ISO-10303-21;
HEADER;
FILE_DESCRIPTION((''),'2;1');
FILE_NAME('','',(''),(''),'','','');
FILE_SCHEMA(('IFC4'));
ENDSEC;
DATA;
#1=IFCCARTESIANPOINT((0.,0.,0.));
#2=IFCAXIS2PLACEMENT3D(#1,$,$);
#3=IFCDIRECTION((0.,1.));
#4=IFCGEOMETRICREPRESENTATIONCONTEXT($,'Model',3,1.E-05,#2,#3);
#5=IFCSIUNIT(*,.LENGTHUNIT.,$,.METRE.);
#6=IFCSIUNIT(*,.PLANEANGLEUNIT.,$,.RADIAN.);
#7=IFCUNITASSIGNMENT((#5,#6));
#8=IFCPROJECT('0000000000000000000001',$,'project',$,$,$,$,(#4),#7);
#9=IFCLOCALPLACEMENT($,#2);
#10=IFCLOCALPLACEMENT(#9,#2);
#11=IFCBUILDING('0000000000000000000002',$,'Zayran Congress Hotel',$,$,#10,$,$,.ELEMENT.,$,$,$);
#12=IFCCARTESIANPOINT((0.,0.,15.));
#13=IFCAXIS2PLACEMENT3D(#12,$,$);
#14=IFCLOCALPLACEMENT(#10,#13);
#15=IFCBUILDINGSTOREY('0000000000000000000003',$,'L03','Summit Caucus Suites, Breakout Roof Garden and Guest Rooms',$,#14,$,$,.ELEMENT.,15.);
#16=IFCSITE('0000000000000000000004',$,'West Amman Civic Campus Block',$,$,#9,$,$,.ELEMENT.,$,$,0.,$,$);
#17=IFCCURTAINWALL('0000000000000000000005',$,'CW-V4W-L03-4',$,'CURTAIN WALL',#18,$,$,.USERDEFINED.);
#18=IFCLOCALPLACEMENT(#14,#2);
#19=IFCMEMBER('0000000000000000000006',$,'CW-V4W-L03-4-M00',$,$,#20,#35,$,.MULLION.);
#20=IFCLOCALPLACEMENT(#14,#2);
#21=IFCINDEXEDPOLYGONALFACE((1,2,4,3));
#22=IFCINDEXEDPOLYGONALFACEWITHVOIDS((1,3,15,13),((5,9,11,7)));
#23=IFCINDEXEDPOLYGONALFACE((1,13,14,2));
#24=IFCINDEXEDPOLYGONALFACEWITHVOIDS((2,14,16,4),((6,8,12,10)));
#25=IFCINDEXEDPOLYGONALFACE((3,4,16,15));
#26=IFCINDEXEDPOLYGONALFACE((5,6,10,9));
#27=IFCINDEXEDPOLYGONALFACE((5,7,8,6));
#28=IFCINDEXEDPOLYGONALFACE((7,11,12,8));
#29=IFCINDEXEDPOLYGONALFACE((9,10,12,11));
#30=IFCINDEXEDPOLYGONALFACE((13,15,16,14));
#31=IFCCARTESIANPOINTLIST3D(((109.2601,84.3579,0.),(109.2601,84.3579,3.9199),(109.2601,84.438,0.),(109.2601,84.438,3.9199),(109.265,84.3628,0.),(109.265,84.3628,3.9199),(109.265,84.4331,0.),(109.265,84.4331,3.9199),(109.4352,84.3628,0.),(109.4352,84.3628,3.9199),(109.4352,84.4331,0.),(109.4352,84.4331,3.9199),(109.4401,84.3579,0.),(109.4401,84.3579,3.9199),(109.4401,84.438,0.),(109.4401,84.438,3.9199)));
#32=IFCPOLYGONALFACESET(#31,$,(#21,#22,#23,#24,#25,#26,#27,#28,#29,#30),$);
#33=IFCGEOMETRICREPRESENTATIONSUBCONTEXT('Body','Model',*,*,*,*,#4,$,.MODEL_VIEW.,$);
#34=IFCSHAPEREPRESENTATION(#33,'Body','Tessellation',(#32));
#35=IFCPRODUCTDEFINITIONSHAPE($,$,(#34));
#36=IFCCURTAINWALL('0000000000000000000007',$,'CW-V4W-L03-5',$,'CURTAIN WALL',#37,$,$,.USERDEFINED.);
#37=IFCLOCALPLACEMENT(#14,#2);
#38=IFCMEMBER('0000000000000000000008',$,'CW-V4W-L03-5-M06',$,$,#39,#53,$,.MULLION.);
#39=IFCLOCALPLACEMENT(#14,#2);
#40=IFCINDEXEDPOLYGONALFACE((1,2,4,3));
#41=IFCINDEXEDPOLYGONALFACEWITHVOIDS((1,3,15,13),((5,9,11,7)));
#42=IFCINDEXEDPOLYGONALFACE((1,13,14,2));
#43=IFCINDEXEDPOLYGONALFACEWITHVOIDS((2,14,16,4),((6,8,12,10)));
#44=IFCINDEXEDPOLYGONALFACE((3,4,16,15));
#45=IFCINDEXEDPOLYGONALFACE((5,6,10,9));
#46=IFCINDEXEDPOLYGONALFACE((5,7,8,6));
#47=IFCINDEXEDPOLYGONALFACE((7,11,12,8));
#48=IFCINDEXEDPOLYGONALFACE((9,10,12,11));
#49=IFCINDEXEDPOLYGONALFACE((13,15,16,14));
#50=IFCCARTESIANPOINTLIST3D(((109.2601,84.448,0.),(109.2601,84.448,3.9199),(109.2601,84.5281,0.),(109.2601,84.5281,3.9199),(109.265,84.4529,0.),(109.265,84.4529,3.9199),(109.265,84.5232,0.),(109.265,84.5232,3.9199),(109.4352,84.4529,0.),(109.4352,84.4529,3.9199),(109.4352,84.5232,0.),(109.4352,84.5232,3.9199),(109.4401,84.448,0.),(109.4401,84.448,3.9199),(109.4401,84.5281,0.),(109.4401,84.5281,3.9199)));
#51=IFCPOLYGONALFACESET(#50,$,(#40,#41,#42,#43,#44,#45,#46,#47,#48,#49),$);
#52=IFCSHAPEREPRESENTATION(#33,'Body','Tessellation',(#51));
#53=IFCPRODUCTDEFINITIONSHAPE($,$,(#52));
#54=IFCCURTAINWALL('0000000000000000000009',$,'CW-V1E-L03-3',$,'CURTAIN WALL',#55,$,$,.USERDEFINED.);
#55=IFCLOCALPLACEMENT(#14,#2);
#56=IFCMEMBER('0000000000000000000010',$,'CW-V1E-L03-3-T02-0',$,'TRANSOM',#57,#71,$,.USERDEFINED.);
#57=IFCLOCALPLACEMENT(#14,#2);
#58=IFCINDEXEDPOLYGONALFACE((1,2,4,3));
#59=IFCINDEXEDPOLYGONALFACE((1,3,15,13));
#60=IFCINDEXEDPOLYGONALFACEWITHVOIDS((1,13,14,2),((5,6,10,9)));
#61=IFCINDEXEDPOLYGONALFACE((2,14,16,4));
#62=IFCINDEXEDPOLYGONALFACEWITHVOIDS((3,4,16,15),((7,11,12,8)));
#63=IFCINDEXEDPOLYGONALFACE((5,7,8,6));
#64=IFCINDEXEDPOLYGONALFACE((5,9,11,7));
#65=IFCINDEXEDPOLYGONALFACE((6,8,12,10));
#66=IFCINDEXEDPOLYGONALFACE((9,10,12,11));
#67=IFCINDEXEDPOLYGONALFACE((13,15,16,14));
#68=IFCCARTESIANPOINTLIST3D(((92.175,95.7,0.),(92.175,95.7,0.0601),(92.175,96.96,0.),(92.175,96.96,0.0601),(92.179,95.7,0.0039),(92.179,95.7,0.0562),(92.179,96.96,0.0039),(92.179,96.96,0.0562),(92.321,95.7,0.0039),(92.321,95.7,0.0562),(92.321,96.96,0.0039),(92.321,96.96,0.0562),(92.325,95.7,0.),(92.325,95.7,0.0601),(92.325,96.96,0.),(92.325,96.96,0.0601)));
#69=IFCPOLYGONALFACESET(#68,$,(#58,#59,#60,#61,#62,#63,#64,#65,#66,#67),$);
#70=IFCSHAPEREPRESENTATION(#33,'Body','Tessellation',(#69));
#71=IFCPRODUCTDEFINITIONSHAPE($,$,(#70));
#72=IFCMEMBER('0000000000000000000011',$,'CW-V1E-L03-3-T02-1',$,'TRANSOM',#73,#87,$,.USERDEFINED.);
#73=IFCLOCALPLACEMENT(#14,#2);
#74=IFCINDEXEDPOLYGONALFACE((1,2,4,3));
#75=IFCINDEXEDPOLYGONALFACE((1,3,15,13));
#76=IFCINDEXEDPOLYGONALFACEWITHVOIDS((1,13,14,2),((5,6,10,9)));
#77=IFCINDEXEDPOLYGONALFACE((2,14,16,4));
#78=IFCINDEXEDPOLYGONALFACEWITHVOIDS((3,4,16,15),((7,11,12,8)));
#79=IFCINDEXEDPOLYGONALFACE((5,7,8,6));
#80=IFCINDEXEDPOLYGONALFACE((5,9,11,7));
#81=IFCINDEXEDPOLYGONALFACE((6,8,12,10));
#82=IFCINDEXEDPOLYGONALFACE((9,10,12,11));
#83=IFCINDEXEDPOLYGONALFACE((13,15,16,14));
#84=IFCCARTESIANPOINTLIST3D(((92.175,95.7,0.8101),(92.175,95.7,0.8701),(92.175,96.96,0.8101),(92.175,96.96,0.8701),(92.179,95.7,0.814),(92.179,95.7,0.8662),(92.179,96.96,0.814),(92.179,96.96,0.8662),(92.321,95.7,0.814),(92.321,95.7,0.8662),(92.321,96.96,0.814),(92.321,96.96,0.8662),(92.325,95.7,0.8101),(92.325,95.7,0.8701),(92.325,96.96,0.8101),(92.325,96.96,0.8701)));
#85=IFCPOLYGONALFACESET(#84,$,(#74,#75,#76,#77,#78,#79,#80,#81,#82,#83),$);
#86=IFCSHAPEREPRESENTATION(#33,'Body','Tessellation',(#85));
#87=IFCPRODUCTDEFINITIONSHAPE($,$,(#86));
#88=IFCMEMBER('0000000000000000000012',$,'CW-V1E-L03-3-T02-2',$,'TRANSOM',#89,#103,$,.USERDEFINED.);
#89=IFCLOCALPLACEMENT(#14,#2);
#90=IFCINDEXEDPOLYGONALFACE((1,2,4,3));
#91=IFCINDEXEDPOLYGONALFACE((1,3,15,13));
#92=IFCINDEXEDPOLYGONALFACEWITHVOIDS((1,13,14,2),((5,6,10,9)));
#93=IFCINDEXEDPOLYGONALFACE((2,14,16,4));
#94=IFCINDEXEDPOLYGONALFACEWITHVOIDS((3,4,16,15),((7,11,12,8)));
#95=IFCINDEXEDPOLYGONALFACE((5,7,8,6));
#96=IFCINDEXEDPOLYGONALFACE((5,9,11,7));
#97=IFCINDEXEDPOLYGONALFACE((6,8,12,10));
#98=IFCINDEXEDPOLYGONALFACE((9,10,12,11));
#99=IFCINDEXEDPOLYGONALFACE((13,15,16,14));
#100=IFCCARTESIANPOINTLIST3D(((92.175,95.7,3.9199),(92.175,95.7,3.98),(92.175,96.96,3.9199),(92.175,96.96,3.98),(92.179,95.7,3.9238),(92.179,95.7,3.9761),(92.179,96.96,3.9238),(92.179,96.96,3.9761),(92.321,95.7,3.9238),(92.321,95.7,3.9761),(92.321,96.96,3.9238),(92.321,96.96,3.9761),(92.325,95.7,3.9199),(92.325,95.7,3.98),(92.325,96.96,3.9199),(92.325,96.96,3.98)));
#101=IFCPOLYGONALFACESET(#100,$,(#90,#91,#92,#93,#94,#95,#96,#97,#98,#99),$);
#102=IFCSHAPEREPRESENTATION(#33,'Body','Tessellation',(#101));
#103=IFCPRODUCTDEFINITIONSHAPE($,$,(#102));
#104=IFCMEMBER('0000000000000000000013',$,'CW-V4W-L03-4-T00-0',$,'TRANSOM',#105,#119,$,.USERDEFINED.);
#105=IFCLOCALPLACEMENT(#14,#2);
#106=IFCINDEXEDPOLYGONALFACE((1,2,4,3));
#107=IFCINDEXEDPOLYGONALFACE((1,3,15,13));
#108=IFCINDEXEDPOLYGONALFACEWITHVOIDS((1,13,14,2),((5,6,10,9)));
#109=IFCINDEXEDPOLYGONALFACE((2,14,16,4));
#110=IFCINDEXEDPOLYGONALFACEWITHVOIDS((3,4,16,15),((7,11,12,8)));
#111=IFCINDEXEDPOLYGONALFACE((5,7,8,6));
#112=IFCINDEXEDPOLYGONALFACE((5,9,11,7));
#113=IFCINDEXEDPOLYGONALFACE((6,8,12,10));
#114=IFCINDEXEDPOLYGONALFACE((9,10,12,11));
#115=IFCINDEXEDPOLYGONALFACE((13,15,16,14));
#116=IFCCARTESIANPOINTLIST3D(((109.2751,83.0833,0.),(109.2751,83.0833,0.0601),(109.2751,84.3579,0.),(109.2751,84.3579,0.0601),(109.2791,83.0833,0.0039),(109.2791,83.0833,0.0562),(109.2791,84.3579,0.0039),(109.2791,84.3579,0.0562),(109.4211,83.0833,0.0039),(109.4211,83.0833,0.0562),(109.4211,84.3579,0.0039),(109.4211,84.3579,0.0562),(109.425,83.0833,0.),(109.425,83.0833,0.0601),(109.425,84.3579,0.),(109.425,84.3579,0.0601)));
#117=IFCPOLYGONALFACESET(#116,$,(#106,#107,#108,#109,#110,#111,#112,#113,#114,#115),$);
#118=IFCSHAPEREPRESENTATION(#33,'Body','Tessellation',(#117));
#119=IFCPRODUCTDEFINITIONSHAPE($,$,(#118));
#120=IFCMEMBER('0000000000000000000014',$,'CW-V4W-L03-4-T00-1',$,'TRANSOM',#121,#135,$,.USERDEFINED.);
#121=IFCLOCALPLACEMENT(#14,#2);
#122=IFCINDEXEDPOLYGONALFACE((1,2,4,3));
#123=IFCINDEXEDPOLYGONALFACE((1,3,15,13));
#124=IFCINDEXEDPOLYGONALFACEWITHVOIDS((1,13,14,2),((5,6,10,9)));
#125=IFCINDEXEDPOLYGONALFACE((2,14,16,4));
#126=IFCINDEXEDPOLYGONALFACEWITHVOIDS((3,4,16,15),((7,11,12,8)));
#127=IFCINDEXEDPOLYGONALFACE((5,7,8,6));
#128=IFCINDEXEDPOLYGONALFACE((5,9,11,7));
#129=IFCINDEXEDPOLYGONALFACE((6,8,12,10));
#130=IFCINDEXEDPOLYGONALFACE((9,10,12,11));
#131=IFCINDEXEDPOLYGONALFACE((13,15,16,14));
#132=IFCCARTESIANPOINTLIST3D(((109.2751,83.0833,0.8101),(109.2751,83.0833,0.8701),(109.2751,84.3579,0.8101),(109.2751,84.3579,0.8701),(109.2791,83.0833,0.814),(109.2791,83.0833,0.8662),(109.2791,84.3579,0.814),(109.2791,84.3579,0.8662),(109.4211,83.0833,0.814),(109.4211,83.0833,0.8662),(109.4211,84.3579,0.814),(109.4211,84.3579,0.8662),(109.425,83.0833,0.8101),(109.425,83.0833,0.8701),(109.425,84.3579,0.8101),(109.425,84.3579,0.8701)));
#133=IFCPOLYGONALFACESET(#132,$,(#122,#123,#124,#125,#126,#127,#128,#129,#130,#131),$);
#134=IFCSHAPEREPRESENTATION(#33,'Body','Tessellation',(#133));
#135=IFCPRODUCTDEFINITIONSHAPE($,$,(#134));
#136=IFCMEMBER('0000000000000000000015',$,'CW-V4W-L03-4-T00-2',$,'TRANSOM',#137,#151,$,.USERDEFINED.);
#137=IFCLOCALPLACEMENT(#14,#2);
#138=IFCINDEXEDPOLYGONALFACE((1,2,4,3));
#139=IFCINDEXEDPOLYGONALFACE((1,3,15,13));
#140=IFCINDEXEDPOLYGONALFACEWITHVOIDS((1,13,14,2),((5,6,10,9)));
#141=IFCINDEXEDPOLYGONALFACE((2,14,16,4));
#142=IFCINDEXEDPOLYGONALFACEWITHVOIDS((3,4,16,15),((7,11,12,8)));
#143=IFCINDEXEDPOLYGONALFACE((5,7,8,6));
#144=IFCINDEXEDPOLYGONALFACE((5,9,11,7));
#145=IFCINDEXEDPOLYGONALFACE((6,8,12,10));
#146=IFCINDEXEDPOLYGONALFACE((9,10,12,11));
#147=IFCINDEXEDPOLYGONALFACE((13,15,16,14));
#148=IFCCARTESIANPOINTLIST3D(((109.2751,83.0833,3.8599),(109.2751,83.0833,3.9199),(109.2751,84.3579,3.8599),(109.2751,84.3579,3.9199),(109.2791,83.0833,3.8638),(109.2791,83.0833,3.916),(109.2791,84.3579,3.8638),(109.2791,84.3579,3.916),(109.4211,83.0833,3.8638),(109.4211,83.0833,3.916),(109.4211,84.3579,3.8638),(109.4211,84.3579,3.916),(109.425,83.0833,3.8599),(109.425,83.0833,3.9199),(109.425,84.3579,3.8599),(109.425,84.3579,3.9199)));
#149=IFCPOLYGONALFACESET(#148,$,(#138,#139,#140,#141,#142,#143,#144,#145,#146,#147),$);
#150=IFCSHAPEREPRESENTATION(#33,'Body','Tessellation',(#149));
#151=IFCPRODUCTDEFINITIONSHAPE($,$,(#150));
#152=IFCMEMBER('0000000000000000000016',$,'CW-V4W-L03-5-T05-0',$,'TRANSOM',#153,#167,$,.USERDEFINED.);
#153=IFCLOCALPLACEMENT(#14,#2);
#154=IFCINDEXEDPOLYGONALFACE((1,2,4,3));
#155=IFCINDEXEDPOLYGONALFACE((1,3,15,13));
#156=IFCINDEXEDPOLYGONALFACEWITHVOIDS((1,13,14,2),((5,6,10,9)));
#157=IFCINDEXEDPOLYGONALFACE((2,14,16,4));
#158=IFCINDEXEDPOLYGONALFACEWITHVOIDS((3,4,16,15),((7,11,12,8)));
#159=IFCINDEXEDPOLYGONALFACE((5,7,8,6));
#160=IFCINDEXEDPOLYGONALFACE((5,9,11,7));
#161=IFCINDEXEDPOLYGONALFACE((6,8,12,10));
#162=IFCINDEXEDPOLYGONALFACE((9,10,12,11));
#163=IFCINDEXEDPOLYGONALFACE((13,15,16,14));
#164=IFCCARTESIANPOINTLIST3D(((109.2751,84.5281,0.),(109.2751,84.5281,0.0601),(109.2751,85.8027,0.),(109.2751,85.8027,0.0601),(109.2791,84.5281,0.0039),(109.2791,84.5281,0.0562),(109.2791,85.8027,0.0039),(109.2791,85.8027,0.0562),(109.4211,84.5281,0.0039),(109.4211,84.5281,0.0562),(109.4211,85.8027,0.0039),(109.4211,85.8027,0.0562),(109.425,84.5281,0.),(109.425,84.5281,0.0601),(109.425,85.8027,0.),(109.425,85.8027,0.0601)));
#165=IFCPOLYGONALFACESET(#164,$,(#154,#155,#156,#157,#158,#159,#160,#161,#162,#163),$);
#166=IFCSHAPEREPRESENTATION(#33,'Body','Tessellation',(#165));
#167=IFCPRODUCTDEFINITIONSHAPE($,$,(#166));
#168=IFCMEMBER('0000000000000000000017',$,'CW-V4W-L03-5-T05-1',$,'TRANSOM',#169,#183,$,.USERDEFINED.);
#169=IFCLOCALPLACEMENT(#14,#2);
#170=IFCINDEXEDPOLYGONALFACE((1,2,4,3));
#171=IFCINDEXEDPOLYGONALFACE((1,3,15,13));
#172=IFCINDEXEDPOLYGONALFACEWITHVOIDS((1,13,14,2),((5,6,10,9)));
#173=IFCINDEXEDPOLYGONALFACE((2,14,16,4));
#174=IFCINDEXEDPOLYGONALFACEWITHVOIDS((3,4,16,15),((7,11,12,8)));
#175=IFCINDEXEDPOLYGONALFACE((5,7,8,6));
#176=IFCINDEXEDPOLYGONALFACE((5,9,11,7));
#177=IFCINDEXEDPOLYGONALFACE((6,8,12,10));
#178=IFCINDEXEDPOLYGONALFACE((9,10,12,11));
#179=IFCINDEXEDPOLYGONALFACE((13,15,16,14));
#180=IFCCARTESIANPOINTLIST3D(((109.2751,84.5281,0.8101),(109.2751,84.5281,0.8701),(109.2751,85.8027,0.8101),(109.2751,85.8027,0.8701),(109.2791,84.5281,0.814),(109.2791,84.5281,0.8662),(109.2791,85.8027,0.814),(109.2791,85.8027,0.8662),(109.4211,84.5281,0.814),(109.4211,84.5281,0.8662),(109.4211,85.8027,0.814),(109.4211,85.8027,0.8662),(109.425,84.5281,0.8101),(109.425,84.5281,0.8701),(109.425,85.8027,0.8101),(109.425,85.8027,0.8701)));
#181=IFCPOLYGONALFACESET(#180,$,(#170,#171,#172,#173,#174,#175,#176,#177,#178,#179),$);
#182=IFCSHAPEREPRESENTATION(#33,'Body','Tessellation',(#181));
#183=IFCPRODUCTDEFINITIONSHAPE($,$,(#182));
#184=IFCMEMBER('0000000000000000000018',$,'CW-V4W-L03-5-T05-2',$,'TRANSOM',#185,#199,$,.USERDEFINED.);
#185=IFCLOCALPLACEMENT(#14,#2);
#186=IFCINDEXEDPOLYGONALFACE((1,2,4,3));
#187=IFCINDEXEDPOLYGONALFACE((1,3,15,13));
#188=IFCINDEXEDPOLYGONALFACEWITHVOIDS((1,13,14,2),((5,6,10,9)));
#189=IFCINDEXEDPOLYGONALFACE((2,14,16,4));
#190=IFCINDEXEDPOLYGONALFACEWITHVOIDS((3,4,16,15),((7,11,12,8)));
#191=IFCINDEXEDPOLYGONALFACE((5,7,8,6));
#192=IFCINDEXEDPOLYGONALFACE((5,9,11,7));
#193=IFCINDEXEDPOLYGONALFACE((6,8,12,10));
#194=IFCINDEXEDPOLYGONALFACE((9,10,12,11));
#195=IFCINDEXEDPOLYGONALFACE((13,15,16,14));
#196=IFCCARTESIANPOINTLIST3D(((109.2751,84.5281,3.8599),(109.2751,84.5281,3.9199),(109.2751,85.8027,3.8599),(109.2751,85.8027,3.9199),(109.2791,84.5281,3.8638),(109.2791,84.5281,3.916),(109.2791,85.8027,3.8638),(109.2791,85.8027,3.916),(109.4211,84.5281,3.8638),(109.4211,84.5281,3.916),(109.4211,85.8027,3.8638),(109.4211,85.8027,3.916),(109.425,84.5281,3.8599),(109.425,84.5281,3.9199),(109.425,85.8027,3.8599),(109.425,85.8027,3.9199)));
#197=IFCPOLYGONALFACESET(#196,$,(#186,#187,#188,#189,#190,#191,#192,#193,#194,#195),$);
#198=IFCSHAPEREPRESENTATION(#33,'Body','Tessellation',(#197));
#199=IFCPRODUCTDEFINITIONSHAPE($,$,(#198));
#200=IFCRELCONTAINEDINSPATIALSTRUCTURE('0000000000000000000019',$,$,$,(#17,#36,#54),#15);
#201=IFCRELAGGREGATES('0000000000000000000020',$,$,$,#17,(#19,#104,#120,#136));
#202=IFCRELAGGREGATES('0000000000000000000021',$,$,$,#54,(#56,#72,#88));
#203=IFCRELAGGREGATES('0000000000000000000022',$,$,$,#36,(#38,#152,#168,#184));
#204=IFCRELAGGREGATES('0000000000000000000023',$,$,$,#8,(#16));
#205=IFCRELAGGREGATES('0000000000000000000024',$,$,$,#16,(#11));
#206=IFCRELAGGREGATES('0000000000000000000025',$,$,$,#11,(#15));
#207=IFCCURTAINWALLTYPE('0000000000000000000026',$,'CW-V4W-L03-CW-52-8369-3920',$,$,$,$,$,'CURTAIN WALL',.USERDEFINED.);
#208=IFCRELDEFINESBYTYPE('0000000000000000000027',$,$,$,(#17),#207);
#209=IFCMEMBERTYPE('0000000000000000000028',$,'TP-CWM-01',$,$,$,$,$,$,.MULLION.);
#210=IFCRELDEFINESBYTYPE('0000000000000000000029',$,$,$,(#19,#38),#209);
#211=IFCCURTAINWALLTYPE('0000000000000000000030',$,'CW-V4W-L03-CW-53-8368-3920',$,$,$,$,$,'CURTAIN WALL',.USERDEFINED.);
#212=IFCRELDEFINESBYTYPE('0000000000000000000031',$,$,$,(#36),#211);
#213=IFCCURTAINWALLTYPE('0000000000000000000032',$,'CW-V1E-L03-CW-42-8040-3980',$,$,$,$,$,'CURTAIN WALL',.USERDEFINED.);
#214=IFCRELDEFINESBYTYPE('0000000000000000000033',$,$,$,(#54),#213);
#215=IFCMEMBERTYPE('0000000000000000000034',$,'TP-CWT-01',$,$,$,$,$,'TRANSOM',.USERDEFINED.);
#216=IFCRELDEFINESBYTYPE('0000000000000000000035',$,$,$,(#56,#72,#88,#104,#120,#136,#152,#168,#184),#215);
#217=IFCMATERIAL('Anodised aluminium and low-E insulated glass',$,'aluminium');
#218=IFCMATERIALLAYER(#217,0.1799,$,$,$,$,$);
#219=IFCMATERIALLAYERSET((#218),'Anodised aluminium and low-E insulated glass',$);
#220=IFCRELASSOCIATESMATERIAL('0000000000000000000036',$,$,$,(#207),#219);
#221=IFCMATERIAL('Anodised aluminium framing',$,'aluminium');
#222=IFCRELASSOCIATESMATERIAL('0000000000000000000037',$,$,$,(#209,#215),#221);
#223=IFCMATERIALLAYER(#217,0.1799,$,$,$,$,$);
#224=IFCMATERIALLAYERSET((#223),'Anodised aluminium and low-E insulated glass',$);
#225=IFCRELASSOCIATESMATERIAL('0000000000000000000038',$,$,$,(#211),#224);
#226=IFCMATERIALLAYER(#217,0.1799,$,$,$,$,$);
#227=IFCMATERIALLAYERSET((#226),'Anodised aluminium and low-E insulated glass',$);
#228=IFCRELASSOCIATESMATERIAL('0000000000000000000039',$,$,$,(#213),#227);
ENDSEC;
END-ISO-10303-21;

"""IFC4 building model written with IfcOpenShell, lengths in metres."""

from ifc_helpers import new_model, si_unit, direction, frame, origin, origin_2d, place, context, subcontext, project, spatial, hollow_rectangle, extrude, material, layer, layer_set, material_profile, profile_set, type_object, element, aggregate, save


model = new_model("IFC4")

# Units and contexts
model_context = context("Model", 3, precision=1e-05, world=origin(), true_north=direction((0.0, 1.0)))
body_context = subcontext(model_context, "Body", "Model", "MODEL_VIEW")
ifc_project = project(units=[si_unit("LENGTHUNIT", "METRE"), si_unit("PLANEANGLEUNIT", "RADIAN")], contexts=[model_context])

# Site, building, storey
site_placement = place(None, origin())
site = spatial("IfcSite", under=ifc_project, at=site_placement, Name="West Amman Civic Campus Block", CompositionType="ELEMENT", RefElevation=0.0)
building_placement = place(site_placement, origin())
building = spatial("IfcBuilding", under=site, at=building_placement, Name="Zayran Congress Hotel", CompositionType="ELEMENT")
storey_placement = place(building_placement, frame((0.0, 0.0, 15.0)))
storey = spatial("IfcBuildingStorey", under=building, at=storey_placement, Name="L03", Description="Summit Caucus Suites, Breakout Roof Garden and Guest Rooms", CompositionType="ELEMENT", Elevation=15.0)

# Curtain walls, members
ifc_material_1 = material(Name="Anodised aluminium and low-E insulated glass", Category="aluminium")
ifc_layer_1 = layer(ifc_material_1, 0.1799)
ifc_layer_set_1 = layer_set([ifc_layer_1], Name="Anodised aluminium and low-E insulated glass")
curtain_wall_type_1 = type_object("IfcCurtainWallType", Name="CW-V4W-L03-CW-52-8369-3920", ElementType="CURTAIN WALL", PredefinedType="USERDEFINED", material=ifc_layer_set_1)
curtain_wall_1_placement = place(storey_placement, origin())
curtain_wall_1 = element("IfcCurtainWall", 1, at=curtain_wall_1_placement, inside=storey, type_object=curtain_wall_type_1, Name="CW-V4W-L03-4", ObjectType="CURTAIN WALL", PredefinedType="USERDEFINED")
ifc_material_2 = material(Name="Anodised aluminium framing", Category="aluminium")
ifc_material_profile_1 = material_profile(ifc_material_2, hollow_rectangle(XDim=0.0801, YDim=0.1799, WallThickness=0.0049, at=origin_2d()), Name="RHS 180x80x5")
ifc_profile_set_1 = profile_set([ifc_material_profile_1], Name="Anodised aluminium framing")
member_type_1 = type_object("IfcMemberType", Name="TP-CWM-01", PredefinedType="MULLION", material=ifc_profile_set_1)
member_1_placement = place(storey_placement, frame((109.3501, 84.3979, 0.0), z_axis=(0.0, 0.0, 1.0), x_axis=(0.0, 1.0, 0.0)))
member_1 = element("IfcMember", 2, at=member_1_placement, type_object=member_type_1, Name="CW-V4W-L03-4-M00", PredefinedType="MULLION", context=body_context, shape_type="SweptSolid", body=[
    extrude(hollow_rectangle(XDim=0.0801, YDim=0.1799, WallThickness=0.0049, at=origin_2d()), origin(), (0.0, 0.0, 1.0), 3.9199),
])
ifc_layer_2 = layer(ifc_material_1, 0.1799)
ifc_layer_set_2 = layer_set([ifc_layer_2], Name="Anodised aluminium and low-E insulated glass")
curtain_wall_type_2 = type_object("IfcCurtainWallType", Name="CW-V4W-L03-CW-53-8368-3920", ElementType="CURTAIN WALL", PredefinedType="USERDEFINED", material=ifc_layer_set_2)
curtain_wall_2_placement = place(storey_placement, origin())
curtain_wall_2 = element("IfcCurtainWall", 3, at=curtain_wall_2_placement, inside=storey, type_object=curtain_wall_type_2, Name="CW-V4W-L03-5", ObjectType="CURTAIN WALL", PredefinedType="USERDEFINED")
member_2_placement = place(storey_placement, frame((109.3501, 84.488, 0.0), z_axis=(0.0, 0.0, 1.0), x_axis=(0.0, 1.0, 0.0)))
member_2 = element("IfcMember", 4, at=member_2_placement, type_object=member_type_1, Name="CW-V4W-L03-5-M06", PredefinedType="MULLION", context=body_context, shape_type="SweptSolid", body=[
    extrude(hollow_rectangle(XDim=0.0801, YDim=0.1799, WallThickness=0.0049, at=origin_2d()), origin(), (0.0, 0.0, 1.0), 3.9199),
])

# Curtain wall, members
ifc_layer_3 = layer(ifc_material_1, 0.1799)
ifc_layer_set_3 = layer_set([ifc_layer_3], Name="Anodised aluminium and low-E insulated glass")
curtain_wall_type_3 = type_object("IfcCurtainWallType", Name="CW-V1E-L03-CW-42-8040-3980", ElementType="CURTAIN WALL", PredefinedType="USERDEFINED", material=ifc_layer_set_3)
curtain_wall_3_placement = place(storey_placement, origin())
curtain_wall_3 = element("IfcCurtainWall", 5, at=curtain_wall_3_placement, inside=storey, type_object=curtain_wall_type_3, Name="CW-V1E-L03-3", ObjectType="CURTAIN WALL", PredefinedType="USERDEFINED")
ifc_material_profile_2 = material_profile(ifc_material_2, hollow_rectangle(XDim=0.0601, YDim=0.1499, WallThickness=0.0039, at=origin_2d()), Name="RHS 150x60x4")
ifc_profile_set_2 = profile_set([ifc_material_profile_2], Name="Anodised aluminium framing")
member_type_2 = type_object("IfcMemberType", Name="TP-CWT-01", ElementType="TRANSOM", PredefinedType="USERDEFINED", material=ifc_profile_set_2)
member_3_placement = place(storey_placement, frame((92.25, 95.7, 0.03), z_axis=(0.0, 1.0, 0.0), x_axis=(0.0, 0.0, 1.0)))
member_3 = element("IfcMember", 6, at=member_3_placement, type_object=member_type_2, Name="CW-V1E-L03-3-T02-0", ObjectType="TRANSOM", PredefinedType="USERDEFINED", context=body_context, shape_type="SweptSolid", body=[
    extrude(hollow_rectangle(XDim=0.0601, YDim=0.1499, WallThickness=0.0039, at=origin_2d()), origin(), (0.0, 0.0, 1.0), 1.26),
])
member_4_placement = place(storey_placement, frame((92.25, 95.7, 0.8401), z_axis=(0.0, 1.0, 0.0), x_axis=(0.0, 0.0, 1.0)))
member_4 = element("IfcMember", 7, at=member_4_placement, type_object=member_type_2, Name="CW-V1E-L03-3-T02-1", ObjectType="TRANSOM", PredefinedType="USERDEFINED", context=body_context, shape_type="SweptSolid", body=[
    extrude(hollow_rectangle(XDim=0.0601, YDim=0.1499, WallThickness=0.0039, at=origin_2d()), origin(), (0.0, 0.0, 1.0), 1.26),
])
member_5_placement = place(storey_placement, frame((92.25, 95.7, 3.95), z_axis=(0.0, 1.0, 0.0), x_axis=(0.0, 0.0, 1.0)))
member_5 = element("IfcMember", 8, at=member_5_placement, type_object=member_type_2, Name="CW-V1E-L03-3-T02-2", ObjectType="TRANSOM", PredefinedType="USERDEFINED", context=body_context, shape_type="SweptSolid", body=[
    extrude(hollow_rectangle(XDim=0.0601, YDim=0.1499, WallThickness=0.0039, at=origin_2d()), origin(), (0.0, 0.0, 1.0), 1.26),
])

# Members
member_6_placement = place(storey_placement, frame((109.3501, 84.3579, 0.03), z_axis=(0.0, -1.0, 0.0), x_axis=(0.0, 0.0, 1.0)))
member_6 = element("IfcMember", 9, at=member_6_placement, type_object=member_type_2, Name="CW-V4W-L03-4-T00-0", ObjectType="TRANSOM", PredefinedType="USERDEFINED", context=body_context, shape_type="SweptSolid", body=[
    extrude(hollow_rectangle(XDim=0.0601, YDim=0.1499, WallThickness=0.0039, at=origin_2d()), origin(), (0.0, 0.0, 1.0), 1.2747),
])
member_7_placement = place(storey_placement, frame((109.3501, 84.3579, 0.8401), z_axis=(0.0, -1.0, 0.0), x_axis=(0.0, 0.0, 1.0)))
member_7 = element("IfcMember", 10, at=member_7_placement, type_object=member_type_2, Name="CW-V4W-L03-4-T00-1", ObjectType="TRANSOM", PredefinedType="USERDEFINED", context=body_context, shape_type="SweptSolid", body=[
    extrude(hollow_rectangle(XDim=0.0601, YDim=0.1499, WallThickness=0.0039, at=origin_2d()), origin(), (0.0, 0.0, 1.0), 1.2747),
])
member_8_placement = place(storey_placement, frame((109.3501, 84.3579, 3.8899), z_axis=(0.0, -1.0, 0.0), x_axis=(0.0, 0.0, 1.0)))
member_8 = element("IfcMember", 11, at=member_8_placement, type_object=member_type_2, Name="CW-V4W-L03-4-T00-2", ObjectType="TRANSOM", PredefinedType="USERDEFINED", context=body_context, shape_type="SweptSolid", body=[
    extrude(hollow_rectangle(XDim=0.0601, YDim=0.1499, WallThickness=0.0039, at=origin_2d()), origin(), (0.0, 0.0, 1.0), 1.2747),
])
aggregate(curtain_wall_1, [member_1, member_6, member_7, member_8])
member_9_placement = place(storey_placement, frame((109.3501, 85.8027, 0.03), z_axis=(0.0, -1.0, 0.0), x_axis=(0.0, 0.0, 1.0)))
member_9 = element("IfcMember", 12, at=member_9_placement, type_object=member_type_2, Name="CW-V4W-L03-5-T05-0", ObjectType="TRANSOM", PredefinedType="USERDEFINED", context=body_context, shape_type="SweptSolid", body=[
    extrude(hollow_rectangle(XDim=0.0601, YDim=0.1499, WallThickness=0.0039, at=origin_2d()), origin(), (0.0, 0.0, 1.0), 1.2747),
])
member_10_placement = place(storey_placement, frame((109.3501, 85.8027, 0.8401), z_axis=(0.0, -1.0, 0.0), x_axis=(0.0, 0.0, 1.0)))
member_10 = element("IfcMember", 13, at=member_10_placement, type_object=member_type_2, Name="CW-V4W-L03-5-T05-1", ObjectType="TRANSOM", PredefinedType="USERDEFINED", context=body_context, shape_type="SweptSolid", body=[
    extrude(hollow_rectangle(XDim=0.0601, YDim=0.1499, WallThickness=0.0039, at=origin_2d()), origin(), (0.0, 0.0, 1.0), 1.2747),
])
member_11_placement = place(storey_placement, frame((109.3501, 85.8027, 3.8899), z_axis=(0.0, -1.0, 0.0), x_axis=(0.0, 0.0, 1.0)))
member_11 = element("IfcMember", 14, at=member_11_placement, type_object=member_type_2, Name="CW-V4W-L03-5-T05-2", ObjectType="TRANSOM", PredefinedType="USERDEFINED", context=body_context, shape_type="SweptSolid", body=[
    extrude(hollow_rectangle(XDim=0.0601, YDim=0.1499, WallThickness=0.0039, at=origin_2d()), origin(), (0.0, 0.0, 1.0), 1.2747),
])

aggregate(curtain_wall_3, [member_3, member_4, member_5])

aggregate(curtain_wall_2, [member_2, member_9, member_10, member_11])

save(model, "model.ifc")
